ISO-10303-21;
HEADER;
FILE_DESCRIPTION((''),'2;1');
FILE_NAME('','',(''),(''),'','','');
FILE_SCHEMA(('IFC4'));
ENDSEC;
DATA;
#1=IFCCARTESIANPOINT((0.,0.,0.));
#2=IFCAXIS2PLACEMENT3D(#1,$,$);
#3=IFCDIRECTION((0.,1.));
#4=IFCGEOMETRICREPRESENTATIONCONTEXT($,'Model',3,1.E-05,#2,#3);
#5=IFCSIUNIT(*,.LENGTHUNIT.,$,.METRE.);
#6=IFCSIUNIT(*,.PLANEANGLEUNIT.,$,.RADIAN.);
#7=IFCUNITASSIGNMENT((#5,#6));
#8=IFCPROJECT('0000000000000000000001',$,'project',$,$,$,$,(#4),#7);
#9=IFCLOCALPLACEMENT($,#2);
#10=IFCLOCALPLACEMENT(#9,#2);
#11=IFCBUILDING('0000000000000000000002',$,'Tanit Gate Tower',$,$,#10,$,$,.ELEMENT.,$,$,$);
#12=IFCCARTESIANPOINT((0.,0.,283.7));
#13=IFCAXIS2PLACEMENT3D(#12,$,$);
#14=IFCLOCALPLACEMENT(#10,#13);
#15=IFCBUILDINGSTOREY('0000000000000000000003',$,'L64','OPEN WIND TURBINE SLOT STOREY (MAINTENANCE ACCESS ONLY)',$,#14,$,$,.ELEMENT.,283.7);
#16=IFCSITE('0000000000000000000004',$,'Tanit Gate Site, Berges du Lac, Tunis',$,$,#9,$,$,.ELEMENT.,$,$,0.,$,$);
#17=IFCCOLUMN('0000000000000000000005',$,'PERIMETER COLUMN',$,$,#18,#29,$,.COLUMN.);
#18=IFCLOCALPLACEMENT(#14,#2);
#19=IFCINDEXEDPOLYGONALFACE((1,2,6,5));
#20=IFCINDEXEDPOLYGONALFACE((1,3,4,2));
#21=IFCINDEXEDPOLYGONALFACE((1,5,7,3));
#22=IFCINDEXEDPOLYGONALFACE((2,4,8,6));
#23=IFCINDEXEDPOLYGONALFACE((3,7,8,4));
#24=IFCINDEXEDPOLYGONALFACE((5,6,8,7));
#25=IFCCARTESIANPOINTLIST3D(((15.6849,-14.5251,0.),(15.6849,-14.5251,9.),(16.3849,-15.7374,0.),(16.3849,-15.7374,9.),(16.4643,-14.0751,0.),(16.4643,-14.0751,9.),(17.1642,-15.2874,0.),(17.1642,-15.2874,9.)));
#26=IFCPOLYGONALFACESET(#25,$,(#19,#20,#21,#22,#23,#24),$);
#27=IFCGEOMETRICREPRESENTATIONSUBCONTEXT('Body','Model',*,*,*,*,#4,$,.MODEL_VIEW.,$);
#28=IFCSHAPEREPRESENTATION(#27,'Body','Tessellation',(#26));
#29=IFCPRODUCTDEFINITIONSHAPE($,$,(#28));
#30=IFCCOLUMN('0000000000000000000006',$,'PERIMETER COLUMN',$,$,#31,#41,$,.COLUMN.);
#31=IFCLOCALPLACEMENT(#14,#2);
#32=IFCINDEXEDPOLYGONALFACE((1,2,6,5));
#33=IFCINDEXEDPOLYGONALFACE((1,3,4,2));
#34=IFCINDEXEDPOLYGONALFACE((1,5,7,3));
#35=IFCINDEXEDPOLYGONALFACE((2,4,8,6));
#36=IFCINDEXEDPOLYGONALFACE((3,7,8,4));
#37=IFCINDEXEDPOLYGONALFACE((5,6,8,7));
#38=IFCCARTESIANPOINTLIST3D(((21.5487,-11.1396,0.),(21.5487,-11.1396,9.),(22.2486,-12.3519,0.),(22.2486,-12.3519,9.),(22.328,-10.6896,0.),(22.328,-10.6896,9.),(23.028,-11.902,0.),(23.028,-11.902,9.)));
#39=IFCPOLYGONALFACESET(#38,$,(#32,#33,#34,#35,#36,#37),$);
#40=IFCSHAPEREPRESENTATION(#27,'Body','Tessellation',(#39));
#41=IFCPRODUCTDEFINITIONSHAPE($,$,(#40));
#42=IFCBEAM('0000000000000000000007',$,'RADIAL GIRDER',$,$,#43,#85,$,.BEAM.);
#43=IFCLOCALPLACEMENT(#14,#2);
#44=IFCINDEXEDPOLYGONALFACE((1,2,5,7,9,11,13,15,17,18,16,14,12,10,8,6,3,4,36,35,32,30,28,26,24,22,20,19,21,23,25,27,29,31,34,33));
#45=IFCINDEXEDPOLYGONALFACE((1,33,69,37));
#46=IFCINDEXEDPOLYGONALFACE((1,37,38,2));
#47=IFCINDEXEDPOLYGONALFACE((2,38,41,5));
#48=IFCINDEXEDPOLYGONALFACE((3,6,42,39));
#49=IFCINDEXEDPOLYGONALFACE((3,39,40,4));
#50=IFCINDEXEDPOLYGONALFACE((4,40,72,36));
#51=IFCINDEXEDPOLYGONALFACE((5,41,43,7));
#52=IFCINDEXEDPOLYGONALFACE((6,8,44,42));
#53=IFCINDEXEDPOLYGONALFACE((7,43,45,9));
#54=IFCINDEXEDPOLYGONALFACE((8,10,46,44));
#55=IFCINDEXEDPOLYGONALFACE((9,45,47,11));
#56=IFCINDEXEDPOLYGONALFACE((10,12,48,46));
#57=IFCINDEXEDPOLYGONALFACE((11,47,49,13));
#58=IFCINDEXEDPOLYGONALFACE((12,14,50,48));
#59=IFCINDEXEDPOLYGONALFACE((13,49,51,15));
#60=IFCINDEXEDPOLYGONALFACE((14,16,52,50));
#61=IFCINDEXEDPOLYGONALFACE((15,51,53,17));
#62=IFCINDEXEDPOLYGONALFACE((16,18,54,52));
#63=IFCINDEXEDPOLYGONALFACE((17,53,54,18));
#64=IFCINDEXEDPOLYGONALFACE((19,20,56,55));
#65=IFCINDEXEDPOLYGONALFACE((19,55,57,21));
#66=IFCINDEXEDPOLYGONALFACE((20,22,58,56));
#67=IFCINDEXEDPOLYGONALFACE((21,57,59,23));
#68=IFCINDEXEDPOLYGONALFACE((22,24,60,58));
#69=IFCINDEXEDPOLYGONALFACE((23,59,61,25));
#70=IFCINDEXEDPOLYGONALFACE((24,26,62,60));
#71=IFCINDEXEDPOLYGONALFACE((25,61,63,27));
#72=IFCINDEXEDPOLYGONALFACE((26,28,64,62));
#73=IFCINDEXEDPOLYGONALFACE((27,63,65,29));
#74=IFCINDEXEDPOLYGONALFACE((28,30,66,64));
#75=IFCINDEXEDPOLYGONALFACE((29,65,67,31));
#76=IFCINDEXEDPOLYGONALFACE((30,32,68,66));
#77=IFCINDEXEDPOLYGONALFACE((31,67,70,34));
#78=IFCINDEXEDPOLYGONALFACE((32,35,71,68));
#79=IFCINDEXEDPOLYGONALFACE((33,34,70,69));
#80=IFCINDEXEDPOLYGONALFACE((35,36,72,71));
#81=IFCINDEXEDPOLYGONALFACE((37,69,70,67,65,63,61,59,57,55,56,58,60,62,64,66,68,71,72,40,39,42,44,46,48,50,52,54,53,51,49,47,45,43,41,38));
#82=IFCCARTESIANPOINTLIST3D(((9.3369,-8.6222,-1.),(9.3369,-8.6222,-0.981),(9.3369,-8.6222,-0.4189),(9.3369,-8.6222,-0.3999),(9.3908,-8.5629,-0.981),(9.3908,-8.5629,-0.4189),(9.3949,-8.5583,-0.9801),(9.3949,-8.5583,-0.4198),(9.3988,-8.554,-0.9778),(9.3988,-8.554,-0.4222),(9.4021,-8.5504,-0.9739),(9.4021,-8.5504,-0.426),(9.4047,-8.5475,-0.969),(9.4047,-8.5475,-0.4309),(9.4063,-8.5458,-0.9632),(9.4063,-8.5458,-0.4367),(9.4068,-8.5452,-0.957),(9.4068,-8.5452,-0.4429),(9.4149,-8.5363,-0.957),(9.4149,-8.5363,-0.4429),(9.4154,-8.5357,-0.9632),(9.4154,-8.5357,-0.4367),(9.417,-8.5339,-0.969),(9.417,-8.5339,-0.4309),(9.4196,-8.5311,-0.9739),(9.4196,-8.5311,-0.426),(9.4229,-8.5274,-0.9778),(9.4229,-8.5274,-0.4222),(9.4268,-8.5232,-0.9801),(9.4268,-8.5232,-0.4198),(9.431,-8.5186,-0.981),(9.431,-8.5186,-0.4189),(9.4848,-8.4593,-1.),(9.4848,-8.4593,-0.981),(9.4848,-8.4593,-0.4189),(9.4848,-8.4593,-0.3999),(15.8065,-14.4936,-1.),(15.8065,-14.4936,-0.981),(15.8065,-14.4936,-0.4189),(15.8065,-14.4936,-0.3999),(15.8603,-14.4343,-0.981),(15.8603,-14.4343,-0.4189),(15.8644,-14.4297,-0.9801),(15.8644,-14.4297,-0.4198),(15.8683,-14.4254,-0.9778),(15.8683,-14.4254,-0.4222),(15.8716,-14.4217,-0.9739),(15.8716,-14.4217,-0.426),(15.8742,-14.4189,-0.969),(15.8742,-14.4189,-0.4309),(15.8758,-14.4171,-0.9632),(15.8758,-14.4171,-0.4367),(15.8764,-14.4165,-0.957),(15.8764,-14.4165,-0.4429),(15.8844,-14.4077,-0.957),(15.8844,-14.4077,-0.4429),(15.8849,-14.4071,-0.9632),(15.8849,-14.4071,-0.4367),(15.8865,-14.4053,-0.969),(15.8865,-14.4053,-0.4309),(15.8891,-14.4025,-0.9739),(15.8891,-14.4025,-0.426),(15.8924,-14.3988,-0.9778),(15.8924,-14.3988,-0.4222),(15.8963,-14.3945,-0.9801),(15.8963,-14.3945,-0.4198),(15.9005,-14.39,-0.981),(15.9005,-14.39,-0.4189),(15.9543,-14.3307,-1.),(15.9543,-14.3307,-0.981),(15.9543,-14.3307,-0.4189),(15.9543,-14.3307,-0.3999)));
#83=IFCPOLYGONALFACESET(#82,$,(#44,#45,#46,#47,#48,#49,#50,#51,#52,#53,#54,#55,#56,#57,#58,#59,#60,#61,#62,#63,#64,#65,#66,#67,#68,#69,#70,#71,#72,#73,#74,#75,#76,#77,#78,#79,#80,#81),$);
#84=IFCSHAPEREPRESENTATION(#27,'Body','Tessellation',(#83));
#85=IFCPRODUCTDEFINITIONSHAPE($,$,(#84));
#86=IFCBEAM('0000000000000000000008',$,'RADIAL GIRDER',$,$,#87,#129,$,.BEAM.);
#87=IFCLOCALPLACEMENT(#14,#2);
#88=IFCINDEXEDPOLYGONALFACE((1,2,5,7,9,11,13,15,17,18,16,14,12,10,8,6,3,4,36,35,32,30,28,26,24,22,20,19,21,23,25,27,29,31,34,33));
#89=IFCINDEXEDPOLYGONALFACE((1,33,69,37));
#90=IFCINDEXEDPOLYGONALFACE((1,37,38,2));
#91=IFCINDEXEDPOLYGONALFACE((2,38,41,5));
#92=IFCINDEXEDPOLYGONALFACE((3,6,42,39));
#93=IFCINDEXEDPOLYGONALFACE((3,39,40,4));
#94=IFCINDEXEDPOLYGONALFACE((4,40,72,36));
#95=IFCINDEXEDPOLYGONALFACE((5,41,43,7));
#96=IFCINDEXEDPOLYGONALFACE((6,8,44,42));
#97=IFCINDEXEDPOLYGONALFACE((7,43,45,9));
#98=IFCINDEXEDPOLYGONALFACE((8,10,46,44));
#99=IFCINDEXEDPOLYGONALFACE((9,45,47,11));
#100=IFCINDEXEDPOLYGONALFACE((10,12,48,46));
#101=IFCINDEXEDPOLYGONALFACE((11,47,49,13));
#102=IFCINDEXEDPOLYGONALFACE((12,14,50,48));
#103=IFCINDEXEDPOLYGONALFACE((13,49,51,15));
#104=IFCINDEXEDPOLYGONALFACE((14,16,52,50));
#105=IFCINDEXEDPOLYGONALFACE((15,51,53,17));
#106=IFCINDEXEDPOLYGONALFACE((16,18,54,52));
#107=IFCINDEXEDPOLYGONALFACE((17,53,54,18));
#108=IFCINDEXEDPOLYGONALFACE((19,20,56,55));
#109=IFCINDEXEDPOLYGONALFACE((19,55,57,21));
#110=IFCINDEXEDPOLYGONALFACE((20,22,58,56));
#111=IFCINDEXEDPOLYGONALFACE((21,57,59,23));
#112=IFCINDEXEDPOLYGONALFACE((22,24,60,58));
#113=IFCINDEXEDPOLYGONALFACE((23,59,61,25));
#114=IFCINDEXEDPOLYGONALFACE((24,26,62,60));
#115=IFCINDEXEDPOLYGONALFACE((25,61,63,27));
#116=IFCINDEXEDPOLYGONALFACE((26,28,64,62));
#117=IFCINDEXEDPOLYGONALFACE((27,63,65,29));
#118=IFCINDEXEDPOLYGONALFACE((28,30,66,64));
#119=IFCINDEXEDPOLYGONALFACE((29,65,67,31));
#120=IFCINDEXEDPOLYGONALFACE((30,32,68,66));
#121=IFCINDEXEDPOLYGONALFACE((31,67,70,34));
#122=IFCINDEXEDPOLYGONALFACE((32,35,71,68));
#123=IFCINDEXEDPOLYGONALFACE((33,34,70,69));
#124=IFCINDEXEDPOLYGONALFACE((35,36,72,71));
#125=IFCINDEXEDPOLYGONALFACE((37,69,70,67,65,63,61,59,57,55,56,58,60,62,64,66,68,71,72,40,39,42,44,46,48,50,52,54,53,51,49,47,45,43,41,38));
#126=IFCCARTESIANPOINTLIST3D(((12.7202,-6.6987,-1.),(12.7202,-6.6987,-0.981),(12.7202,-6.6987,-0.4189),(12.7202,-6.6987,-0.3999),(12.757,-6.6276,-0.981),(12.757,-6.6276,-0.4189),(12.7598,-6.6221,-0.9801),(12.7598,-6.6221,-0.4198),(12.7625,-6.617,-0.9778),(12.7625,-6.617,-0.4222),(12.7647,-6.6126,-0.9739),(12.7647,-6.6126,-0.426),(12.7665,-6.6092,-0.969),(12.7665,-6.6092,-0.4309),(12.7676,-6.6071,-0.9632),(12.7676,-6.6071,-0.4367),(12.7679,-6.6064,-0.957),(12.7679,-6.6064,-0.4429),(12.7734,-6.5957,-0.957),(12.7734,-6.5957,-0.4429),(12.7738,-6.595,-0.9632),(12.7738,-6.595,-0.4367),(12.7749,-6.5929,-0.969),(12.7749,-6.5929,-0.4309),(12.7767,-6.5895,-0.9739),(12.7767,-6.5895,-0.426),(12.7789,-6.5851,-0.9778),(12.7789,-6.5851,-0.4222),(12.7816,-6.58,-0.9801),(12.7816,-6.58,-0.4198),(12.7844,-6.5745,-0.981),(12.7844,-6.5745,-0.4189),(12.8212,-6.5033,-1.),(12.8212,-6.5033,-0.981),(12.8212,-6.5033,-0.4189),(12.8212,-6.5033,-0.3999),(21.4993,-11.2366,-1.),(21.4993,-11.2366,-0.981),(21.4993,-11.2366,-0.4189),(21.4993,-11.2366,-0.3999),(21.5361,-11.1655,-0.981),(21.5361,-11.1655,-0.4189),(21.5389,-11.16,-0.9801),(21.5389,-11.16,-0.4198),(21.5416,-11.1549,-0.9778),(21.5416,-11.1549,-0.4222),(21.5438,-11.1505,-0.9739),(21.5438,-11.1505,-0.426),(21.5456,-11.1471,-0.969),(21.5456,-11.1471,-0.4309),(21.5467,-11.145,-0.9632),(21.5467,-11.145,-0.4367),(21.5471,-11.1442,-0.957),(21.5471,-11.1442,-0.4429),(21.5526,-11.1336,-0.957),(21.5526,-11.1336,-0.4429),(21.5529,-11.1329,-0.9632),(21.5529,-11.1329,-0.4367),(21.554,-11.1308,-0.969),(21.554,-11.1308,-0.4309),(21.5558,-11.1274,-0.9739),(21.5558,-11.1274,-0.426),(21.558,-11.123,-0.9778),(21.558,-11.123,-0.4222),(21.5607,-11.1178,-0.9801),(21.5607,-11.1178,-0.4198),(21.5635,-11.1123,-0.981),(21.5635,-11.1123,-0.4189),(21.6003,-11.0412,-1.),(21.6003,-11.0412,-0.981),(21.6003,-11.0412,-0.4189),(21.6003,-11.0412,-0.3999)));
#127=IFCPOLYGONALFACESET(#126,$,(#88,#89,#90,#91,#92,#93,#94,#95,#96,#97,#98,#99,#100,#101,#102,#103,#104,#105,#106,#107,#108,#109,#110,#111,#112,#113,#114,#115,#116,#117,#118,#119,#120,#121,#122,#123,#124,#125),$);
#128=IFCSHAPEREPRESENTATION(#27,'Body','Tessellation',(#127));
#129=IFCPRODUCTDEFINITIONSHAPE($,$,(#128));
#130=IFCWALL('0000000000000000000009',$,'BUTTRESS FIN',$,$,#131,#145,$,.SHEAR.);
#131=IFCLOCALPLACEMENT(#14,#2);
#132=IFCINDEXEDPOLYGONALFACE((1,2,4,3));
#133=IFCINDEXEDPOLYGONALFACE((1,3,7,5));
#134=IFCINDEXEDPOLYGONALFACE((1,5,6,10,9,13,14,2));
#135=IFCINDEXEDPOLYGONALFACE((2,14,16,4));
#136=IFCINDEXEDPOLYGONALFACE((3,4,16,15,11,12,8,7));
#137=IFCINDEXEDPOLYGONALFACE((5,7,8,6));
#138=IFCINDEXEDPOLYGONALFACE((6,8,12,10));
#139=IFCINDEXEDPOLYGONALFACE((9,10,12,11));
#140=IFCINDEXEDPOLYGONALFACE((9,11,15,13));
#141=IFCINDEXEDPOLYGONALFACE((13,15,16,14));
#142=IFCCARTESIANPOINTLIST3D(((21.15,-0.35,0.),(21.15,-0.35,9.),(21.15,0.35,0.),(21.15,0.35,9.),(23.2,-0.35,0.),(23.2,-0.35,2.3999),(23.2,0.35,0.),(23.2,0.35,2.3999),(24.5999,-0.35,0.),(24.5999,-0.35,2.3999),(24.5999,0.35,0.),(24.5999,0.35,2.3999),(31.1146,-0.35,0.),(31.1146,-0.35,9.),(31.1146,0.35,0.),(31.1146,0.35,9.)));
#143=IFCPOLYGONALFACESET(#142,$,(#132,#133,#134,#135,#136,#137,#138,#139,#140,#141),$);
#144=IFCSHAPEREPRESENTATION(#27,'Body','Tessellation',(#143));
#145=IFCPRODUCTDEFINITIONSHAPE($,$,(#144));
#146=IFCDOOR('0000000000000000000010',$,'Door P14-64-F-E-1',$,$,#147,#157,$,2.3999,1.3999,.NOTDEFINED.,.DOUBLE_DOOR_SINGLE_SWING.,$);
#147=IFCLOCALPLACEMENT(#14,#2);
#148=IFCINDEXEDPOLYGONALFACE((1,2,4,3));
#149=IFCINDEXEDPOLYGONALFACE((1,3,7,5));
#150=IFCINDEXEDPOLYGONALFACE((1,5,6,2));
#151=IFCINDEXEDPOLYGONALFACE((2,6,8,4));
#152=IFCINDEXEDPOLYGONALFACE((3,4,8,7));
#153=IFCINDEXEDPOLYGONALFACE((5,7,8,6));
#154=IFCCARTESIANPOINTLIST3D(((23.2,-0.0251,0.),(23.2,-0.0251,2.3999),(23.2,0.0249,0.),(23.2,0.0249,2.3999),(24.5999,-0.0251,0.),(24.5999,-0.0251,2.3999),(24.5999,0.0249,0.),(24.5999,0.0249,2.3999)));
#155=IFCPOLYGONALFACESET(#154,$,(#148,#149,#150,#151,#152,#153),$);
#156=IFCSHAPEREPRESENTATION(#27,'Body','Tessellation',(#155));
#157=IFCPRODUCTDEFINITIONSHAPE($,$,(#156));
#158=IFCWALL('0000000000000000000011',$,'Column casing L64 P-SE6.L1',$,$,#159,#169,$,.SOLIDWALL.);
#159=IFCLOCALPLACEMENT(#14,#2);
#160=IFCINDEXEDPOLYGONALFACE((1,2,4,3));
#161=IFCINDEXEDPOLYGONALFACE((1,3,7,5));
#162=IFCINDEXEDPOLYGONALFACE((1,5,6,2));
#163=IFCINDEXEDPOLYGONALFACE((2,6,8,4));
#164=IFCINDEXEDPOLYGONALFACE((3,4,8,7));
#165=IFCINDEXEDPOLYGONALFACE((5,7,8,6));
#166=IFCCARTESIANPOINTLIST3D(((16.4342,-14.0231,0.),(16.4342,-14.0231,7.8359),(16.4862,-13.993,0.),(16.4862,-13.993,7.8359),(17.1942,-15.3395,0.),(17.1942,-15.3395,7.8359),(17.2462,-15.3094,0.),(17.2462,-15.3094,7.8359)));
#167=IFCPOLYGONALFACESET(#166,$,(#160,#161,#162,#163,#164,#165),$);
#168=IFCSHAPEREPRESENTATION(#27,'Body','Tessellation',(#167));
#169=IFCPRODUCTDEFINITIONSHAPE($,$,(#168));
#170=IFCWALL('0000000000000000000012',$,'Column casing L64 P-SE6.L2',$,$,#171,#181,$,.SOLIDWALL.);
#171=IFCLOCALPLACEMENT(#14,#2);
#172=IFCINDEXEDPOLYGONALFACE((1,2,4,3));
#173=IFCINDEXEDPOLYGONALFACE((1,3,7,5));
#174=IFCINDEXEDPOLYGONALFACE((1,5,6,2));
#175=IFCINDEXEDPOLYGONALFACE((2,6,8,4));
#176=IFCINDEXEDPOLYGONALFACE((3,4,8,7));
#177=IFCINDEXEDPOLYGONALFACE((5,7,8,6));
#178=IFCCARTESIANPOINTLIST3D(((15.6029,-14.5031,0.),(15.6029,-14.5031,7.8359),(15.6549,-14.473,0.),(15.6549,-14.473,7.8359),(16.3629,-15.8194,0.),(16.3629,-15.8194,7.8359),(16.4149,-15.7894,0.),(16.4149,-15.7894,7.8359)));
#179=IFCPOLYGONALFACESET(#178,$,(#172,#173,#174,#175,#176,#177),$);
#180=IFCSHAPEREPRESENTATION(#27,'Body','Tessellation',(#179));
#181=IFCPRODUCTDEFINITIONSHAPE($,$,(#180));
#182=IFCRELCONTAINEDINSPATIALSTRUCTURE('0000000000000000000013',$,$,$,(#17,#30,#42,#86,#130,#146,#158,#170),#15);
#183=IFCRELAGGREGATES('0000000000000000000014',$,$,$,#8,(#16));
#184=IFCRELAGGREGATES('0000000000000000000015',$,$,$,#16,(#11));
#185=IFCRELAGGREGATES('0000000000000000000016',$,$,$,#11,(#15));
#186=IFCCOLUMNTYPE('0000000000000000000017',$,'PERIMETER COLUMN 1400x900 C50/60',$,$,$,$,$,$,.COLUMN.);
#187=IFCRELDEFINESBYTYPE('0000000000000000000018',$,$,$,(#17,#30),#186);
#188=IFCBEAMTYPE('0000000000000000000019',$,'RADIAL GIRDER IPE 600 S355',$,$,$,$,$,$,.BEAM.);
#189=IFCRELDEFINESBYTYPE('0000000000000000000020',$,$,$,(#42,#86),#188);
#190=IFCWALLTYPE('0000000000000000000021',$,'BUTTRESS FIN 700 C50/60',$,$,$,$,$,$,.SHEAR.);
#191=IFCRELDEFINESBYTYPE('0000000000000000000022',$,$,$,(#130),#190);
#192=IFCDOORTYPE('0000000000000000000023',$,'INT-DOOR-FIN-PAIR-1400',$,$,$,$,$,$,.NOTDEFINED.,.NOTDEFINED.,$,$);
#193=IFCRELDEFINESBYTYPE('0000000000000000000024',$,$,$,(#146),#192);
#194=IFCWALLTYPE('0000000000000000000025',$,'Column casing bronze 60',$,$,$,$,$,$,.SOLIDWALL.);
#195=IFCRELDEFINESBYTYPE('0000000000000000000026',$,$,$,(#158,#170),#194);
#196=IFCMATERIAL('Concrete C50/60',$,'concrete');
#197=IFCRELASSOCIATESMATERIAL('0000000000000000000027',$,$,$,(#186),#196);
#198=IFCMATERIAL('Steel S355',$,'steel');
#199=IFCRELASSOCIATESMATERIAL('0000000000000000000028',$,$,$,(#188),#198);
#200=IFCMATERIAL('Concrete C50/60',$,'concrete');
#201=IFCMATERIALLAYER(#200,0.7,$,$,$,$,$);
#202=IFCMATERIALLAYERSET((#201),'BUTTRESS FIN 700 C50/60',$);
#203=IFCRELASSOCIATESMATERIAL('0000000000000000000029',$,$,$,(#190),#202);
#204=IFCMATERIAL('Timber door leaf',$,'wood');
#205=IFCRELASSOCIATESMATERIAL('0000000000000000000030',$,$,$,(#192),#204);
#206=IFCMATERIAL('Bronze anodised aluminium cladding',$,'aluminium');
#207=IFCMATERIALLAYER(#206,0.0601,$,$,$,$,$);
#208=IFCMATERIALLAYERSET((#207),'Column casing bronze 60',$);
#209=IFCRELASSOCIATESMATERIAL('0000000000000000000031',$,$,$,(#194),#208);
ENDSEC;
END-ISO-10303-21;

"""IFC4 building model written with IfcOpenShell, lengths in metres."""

from ifc_helpers import new_model, si_unit, direction, frame, frame_2d, origin, origin_2d, place, context, subcontext, project, spatial, rectangle, i_section, extrude, material, layer, layer_set, material_profile, profile_set, type_object, element, fill, save


model = new_model("IFC4")

# Units and contexts
model_context = context("Model", 3, precision=1e-05, world=origin(), true_north=direction((0.0, 1.0)))
body_context = subcontext(model_context, "Body", "Model", "MODEL_VIEW")
ifc_project = project(units=[si_unit("LENGTHUNIT", "METRE"), si_unit("PLANEANGLEUNIT", "RADIAN")], contexts=[model_context])

# Site, building, storey
site_placement = place(None, origin())
site = spatial("IfcSite", under=ifc_project, at=site_placement, Name="Tanit Gate Site, Berges du Lac, Tunis", CompositionType="ELEMENT", RefElevation=0.0)
building_placement = place(site_placement, origin())
building = spatial("IfcBuilding", under=site, at=building_placement, Name="Tanit Gate Tower", CompositionType="ELEMENT")
storey_placement = place(building_placement, frame((0.0, 0.0, 283.7)))
storey = spatial("IfcBuildingStorey", under=building, at=storey_placement, Name="L64", Description="OPEN WIND TURBINE SLOT STOREY (MAINTENANCE ACCESS ONLY)", CompositionType="ELEMENT", Elevation=283.7)

# Columns
ifc_material_1 = material(Name="Concrete C50/60", Category="concrete")
ifc_material_profile_1 = material_profile(ifc_material_1, rectangle(XDim=1.3999, YDim=0.8999, at=origin_2d()), Name="RC 1400x900")
ifc_profile_set_1 = profile_set([ifc_material_profile_1], Name="Concrete C50/60")
column_type = type_object("IfcColumnType", Name="PERIMETER COLUMN 1400x900 C50/60", PredefinedType="COLUMN", material=ifc_profile_set_1)
for number, where, z_axis, x_axis, name in (
    (1, (16.4246, -14.9062, 0.0), (0.0, 0.0, 1.0), (0.5, -0.866025, 0.0), "PERIMETER COLUMN"),
    (2, (22.2883, -11.5208, 0.0), (0.0, 0.0, 1.0), (0.5, -0.866025, 0.0), "PERIMETER COLUMN"),
):
    element("IfcColumn", number, at=place(storey_placement, frame(where, z_axis=z_axis, x_axis=x_axis)), inside=storey, type_object=column_type, Name=name, PredefinedType="COLUMN", context=body_context, shape_type="SweptSolid", body=[
        extrude(rectangle(XDim=1.3999, YDim=0.8999, at=origin_2d()), origin(), (0.0, 0.0, 1.0), 9.0),
    ])

# Beams
ifc_material_2 = material(Name="Steel S355", Category="steel")
ifc_material_profile_2 = material_profile(ifc_material_2, i_section(OverallWidth=0.22, OverallDepth=0.6001, WebThickness=0.012, FlangeThickness=0.019, FilletRadius=0.0239, at=origin_2d()), Name="IPE 600")
ifc_profile_set_2 = profile_set([ifc_material_profile_2], Name="Steel S355")
beam_type = type_object("IfcBeamType", Name="RADIAL GIRDER IPE 600 S355", PredefinedType="BEAM", material=ifc_profile_set_2)
beam_1_placement = place(storey_placement, frame((15.8804, -14.4121, -0.7), z_axis=(-0.74051, 0.672045, 0.0), x_axis=(-0.672045, -0.74051, 0.0)))
element("IfcBeam", 3, at=beam_1_placement, inside=storey, type_object=beam_type, Name="RADIAL GIRDER", PredefinedType="BEAM", context=body_context, shape_type="SweptSolid", body=[
    extrude(i_section(OverallWidth=0.22, OverallDepth=0.6001, WebThickness=0.012, FlangeThickness=0.019, FilletRadius=0.0239, at=origin_2d()), origin(), (0.0, 0.0, 1.0), 8.7366),
])
beam_2_placement = place(storey_placement, frame((21.5498, -11.1389, -0.7), z_axis=(-0.888343, 0.45918, 0.0), x_axis=(-0.45918, -0.888343, 0.0)))
element("IfcBeam", 4, at=beam_2_placement, inside=storey, type_object=beam_type, Name="RADIAL GIRDER", PredefinedType="BEAM", context=body_context, shape_type="SweptSolid", body=[
    extrude(i_section(OverallWidth=0.22, OverallDepth=0.6001, WebThickness=0.012, FlangeThickness=0.019, FilletRadius=0.0239, at=origin_2d()), origin(), (0.0, 0.0, 1.0), 9.8826),
])

# Wall, opening, door
ifc_material_3 = material(Name="Concrete C50/60", Category="concrete")
ifc_layer_1 = layer(ifc_material_3, 0.7)
ifc_layer_set_1 = layer_set([ifc_layer_1], Name="BUTTRESS FIN 700 C50/60")
wall_type_1 = type_object("IfcWallType", Name="BUTTRESS FIN 700 C50/60", PredefinedType="SHEAR", material=ifc_layer_set_1)
wall_1_placement = place(storey_placement, frame((21.1499, 0.0, 0.0), z_axis=(0.0, 0.0, 1.0), x_axis=(1.0, 0.0, 0.0)))
wall_1 = element("IfcWall", 5, at=wall_1_placement, inside=storey, type_object=wall_type_1, Name="BUTTRESS FIN", PredefinedType="SHEAR", context=body_context, shape_type="SweptSolid", body=[
    extrude(rectangle(XDim=9.9646, YDim=0.7, at=frame_2d((4.9824, 0.0))), origin(), (0.0, 0.0, 1.0), 9.0),
])
opening_1_placement = place(wall_1_placement, frame((2.05, 0.0, 0.0)))
opening_1 = element("IfcOpeningElement", 6, at=opening_1_placement, cuts=wall_1, PredefinedType="OPENING", context=body_context, shape_type="SweptSolid", body=[
    extrude(rectangle(XDim=1.3999, YDim=2.3999, at=frame_2d((0.7, 1.2))), frame((0.0, 0.3599, 0.0), z_axis=(0.0, -1.0, 0.0), x_axis=(1.0, 0.0, 0.0)), (0.0, 0.0, 1.0), 0.72),
])
ifc_material_4 = material(Name="Timber door leaf", Category="wood")
door_type_1 = type_object("IfcDoorType", Name="INT-DOOR-FIN-PAIR-1400", OperationType="NOTDEFINED", PredefinedType="NOTDEFINED", material=ifc_material_4)
door_1_placement = place(opening_1_placement, origin())
door_1 = element("IfcDoor", 7, at=door_1_placement, inside=storey, type_object=door_type_1, Name="Door P14-64-F-E-1", OperationType="DOUBLE_DOOR_SINGLE_SWING", OverallHeight=2.3999, OverallWidth=1.3999, PredefinedType="NOTDEFINED", context=body_context, shape_type="SweptSolid", body=[
    extrude(rectangle(XDim=1.3999, YDim=2.3999, at=frame_2d((0.7, 1.2))), frame((0.0, 0.0249, 0.0), z_axis=(0.0, -1.0, 0.0), x_axis=(1.0, 0.0, 0.0)), (0.0, 0.0, 1.0), 0.05),
])
fill(opening_1, door_1)

# Walls
ifc_material_5 = material(Name="Bronze anodised aluminium cladding", Category="aluminium")
ifc_layer_2 = layer(ifc_material_5, 0.0601)
ifc_layer_set_2 = layer_set([ifc_layer_2], Name="Column casing bronze 60")
wall_type_2 = type_object("IfcWallType", Name="Column casing bronze 60", PredefinedType="SOLIDWALL", material=ifc_layer_set_2)
for number, where, z_axis, x_axis, name in (
    (8, (16.4602, -14.0081, 0.0), (0.0, 0.0, 1.0), (0.499991, -0.86603, 0.0), "Column casing L64 P-SE6.L1"),
    (9, (15.6289, -14.488, 0.0), (0.0, 0.0, 1.0), (0.499991, -0.86603, 0.0), "Column casing L64 P-SE6.L2"),
):
    element("IfcWall", number, at=place(storey_placement, frame(where, z_axis=z_axis, x_axis=x_axis)), inside=storey, type_object=wall_type_2, Name=name, PredefinedType="SOLIDWALL", context=body_context, shape_type="SweptSolid", body=[
        extrude(rectangle(XDim=1.52, YDim=0.0601, at=frame_2d((0.76, 0.0))), origin(), (0.0, 0.0, 1.0), 7.8359),
    ])

save(model, "model.ifc")
